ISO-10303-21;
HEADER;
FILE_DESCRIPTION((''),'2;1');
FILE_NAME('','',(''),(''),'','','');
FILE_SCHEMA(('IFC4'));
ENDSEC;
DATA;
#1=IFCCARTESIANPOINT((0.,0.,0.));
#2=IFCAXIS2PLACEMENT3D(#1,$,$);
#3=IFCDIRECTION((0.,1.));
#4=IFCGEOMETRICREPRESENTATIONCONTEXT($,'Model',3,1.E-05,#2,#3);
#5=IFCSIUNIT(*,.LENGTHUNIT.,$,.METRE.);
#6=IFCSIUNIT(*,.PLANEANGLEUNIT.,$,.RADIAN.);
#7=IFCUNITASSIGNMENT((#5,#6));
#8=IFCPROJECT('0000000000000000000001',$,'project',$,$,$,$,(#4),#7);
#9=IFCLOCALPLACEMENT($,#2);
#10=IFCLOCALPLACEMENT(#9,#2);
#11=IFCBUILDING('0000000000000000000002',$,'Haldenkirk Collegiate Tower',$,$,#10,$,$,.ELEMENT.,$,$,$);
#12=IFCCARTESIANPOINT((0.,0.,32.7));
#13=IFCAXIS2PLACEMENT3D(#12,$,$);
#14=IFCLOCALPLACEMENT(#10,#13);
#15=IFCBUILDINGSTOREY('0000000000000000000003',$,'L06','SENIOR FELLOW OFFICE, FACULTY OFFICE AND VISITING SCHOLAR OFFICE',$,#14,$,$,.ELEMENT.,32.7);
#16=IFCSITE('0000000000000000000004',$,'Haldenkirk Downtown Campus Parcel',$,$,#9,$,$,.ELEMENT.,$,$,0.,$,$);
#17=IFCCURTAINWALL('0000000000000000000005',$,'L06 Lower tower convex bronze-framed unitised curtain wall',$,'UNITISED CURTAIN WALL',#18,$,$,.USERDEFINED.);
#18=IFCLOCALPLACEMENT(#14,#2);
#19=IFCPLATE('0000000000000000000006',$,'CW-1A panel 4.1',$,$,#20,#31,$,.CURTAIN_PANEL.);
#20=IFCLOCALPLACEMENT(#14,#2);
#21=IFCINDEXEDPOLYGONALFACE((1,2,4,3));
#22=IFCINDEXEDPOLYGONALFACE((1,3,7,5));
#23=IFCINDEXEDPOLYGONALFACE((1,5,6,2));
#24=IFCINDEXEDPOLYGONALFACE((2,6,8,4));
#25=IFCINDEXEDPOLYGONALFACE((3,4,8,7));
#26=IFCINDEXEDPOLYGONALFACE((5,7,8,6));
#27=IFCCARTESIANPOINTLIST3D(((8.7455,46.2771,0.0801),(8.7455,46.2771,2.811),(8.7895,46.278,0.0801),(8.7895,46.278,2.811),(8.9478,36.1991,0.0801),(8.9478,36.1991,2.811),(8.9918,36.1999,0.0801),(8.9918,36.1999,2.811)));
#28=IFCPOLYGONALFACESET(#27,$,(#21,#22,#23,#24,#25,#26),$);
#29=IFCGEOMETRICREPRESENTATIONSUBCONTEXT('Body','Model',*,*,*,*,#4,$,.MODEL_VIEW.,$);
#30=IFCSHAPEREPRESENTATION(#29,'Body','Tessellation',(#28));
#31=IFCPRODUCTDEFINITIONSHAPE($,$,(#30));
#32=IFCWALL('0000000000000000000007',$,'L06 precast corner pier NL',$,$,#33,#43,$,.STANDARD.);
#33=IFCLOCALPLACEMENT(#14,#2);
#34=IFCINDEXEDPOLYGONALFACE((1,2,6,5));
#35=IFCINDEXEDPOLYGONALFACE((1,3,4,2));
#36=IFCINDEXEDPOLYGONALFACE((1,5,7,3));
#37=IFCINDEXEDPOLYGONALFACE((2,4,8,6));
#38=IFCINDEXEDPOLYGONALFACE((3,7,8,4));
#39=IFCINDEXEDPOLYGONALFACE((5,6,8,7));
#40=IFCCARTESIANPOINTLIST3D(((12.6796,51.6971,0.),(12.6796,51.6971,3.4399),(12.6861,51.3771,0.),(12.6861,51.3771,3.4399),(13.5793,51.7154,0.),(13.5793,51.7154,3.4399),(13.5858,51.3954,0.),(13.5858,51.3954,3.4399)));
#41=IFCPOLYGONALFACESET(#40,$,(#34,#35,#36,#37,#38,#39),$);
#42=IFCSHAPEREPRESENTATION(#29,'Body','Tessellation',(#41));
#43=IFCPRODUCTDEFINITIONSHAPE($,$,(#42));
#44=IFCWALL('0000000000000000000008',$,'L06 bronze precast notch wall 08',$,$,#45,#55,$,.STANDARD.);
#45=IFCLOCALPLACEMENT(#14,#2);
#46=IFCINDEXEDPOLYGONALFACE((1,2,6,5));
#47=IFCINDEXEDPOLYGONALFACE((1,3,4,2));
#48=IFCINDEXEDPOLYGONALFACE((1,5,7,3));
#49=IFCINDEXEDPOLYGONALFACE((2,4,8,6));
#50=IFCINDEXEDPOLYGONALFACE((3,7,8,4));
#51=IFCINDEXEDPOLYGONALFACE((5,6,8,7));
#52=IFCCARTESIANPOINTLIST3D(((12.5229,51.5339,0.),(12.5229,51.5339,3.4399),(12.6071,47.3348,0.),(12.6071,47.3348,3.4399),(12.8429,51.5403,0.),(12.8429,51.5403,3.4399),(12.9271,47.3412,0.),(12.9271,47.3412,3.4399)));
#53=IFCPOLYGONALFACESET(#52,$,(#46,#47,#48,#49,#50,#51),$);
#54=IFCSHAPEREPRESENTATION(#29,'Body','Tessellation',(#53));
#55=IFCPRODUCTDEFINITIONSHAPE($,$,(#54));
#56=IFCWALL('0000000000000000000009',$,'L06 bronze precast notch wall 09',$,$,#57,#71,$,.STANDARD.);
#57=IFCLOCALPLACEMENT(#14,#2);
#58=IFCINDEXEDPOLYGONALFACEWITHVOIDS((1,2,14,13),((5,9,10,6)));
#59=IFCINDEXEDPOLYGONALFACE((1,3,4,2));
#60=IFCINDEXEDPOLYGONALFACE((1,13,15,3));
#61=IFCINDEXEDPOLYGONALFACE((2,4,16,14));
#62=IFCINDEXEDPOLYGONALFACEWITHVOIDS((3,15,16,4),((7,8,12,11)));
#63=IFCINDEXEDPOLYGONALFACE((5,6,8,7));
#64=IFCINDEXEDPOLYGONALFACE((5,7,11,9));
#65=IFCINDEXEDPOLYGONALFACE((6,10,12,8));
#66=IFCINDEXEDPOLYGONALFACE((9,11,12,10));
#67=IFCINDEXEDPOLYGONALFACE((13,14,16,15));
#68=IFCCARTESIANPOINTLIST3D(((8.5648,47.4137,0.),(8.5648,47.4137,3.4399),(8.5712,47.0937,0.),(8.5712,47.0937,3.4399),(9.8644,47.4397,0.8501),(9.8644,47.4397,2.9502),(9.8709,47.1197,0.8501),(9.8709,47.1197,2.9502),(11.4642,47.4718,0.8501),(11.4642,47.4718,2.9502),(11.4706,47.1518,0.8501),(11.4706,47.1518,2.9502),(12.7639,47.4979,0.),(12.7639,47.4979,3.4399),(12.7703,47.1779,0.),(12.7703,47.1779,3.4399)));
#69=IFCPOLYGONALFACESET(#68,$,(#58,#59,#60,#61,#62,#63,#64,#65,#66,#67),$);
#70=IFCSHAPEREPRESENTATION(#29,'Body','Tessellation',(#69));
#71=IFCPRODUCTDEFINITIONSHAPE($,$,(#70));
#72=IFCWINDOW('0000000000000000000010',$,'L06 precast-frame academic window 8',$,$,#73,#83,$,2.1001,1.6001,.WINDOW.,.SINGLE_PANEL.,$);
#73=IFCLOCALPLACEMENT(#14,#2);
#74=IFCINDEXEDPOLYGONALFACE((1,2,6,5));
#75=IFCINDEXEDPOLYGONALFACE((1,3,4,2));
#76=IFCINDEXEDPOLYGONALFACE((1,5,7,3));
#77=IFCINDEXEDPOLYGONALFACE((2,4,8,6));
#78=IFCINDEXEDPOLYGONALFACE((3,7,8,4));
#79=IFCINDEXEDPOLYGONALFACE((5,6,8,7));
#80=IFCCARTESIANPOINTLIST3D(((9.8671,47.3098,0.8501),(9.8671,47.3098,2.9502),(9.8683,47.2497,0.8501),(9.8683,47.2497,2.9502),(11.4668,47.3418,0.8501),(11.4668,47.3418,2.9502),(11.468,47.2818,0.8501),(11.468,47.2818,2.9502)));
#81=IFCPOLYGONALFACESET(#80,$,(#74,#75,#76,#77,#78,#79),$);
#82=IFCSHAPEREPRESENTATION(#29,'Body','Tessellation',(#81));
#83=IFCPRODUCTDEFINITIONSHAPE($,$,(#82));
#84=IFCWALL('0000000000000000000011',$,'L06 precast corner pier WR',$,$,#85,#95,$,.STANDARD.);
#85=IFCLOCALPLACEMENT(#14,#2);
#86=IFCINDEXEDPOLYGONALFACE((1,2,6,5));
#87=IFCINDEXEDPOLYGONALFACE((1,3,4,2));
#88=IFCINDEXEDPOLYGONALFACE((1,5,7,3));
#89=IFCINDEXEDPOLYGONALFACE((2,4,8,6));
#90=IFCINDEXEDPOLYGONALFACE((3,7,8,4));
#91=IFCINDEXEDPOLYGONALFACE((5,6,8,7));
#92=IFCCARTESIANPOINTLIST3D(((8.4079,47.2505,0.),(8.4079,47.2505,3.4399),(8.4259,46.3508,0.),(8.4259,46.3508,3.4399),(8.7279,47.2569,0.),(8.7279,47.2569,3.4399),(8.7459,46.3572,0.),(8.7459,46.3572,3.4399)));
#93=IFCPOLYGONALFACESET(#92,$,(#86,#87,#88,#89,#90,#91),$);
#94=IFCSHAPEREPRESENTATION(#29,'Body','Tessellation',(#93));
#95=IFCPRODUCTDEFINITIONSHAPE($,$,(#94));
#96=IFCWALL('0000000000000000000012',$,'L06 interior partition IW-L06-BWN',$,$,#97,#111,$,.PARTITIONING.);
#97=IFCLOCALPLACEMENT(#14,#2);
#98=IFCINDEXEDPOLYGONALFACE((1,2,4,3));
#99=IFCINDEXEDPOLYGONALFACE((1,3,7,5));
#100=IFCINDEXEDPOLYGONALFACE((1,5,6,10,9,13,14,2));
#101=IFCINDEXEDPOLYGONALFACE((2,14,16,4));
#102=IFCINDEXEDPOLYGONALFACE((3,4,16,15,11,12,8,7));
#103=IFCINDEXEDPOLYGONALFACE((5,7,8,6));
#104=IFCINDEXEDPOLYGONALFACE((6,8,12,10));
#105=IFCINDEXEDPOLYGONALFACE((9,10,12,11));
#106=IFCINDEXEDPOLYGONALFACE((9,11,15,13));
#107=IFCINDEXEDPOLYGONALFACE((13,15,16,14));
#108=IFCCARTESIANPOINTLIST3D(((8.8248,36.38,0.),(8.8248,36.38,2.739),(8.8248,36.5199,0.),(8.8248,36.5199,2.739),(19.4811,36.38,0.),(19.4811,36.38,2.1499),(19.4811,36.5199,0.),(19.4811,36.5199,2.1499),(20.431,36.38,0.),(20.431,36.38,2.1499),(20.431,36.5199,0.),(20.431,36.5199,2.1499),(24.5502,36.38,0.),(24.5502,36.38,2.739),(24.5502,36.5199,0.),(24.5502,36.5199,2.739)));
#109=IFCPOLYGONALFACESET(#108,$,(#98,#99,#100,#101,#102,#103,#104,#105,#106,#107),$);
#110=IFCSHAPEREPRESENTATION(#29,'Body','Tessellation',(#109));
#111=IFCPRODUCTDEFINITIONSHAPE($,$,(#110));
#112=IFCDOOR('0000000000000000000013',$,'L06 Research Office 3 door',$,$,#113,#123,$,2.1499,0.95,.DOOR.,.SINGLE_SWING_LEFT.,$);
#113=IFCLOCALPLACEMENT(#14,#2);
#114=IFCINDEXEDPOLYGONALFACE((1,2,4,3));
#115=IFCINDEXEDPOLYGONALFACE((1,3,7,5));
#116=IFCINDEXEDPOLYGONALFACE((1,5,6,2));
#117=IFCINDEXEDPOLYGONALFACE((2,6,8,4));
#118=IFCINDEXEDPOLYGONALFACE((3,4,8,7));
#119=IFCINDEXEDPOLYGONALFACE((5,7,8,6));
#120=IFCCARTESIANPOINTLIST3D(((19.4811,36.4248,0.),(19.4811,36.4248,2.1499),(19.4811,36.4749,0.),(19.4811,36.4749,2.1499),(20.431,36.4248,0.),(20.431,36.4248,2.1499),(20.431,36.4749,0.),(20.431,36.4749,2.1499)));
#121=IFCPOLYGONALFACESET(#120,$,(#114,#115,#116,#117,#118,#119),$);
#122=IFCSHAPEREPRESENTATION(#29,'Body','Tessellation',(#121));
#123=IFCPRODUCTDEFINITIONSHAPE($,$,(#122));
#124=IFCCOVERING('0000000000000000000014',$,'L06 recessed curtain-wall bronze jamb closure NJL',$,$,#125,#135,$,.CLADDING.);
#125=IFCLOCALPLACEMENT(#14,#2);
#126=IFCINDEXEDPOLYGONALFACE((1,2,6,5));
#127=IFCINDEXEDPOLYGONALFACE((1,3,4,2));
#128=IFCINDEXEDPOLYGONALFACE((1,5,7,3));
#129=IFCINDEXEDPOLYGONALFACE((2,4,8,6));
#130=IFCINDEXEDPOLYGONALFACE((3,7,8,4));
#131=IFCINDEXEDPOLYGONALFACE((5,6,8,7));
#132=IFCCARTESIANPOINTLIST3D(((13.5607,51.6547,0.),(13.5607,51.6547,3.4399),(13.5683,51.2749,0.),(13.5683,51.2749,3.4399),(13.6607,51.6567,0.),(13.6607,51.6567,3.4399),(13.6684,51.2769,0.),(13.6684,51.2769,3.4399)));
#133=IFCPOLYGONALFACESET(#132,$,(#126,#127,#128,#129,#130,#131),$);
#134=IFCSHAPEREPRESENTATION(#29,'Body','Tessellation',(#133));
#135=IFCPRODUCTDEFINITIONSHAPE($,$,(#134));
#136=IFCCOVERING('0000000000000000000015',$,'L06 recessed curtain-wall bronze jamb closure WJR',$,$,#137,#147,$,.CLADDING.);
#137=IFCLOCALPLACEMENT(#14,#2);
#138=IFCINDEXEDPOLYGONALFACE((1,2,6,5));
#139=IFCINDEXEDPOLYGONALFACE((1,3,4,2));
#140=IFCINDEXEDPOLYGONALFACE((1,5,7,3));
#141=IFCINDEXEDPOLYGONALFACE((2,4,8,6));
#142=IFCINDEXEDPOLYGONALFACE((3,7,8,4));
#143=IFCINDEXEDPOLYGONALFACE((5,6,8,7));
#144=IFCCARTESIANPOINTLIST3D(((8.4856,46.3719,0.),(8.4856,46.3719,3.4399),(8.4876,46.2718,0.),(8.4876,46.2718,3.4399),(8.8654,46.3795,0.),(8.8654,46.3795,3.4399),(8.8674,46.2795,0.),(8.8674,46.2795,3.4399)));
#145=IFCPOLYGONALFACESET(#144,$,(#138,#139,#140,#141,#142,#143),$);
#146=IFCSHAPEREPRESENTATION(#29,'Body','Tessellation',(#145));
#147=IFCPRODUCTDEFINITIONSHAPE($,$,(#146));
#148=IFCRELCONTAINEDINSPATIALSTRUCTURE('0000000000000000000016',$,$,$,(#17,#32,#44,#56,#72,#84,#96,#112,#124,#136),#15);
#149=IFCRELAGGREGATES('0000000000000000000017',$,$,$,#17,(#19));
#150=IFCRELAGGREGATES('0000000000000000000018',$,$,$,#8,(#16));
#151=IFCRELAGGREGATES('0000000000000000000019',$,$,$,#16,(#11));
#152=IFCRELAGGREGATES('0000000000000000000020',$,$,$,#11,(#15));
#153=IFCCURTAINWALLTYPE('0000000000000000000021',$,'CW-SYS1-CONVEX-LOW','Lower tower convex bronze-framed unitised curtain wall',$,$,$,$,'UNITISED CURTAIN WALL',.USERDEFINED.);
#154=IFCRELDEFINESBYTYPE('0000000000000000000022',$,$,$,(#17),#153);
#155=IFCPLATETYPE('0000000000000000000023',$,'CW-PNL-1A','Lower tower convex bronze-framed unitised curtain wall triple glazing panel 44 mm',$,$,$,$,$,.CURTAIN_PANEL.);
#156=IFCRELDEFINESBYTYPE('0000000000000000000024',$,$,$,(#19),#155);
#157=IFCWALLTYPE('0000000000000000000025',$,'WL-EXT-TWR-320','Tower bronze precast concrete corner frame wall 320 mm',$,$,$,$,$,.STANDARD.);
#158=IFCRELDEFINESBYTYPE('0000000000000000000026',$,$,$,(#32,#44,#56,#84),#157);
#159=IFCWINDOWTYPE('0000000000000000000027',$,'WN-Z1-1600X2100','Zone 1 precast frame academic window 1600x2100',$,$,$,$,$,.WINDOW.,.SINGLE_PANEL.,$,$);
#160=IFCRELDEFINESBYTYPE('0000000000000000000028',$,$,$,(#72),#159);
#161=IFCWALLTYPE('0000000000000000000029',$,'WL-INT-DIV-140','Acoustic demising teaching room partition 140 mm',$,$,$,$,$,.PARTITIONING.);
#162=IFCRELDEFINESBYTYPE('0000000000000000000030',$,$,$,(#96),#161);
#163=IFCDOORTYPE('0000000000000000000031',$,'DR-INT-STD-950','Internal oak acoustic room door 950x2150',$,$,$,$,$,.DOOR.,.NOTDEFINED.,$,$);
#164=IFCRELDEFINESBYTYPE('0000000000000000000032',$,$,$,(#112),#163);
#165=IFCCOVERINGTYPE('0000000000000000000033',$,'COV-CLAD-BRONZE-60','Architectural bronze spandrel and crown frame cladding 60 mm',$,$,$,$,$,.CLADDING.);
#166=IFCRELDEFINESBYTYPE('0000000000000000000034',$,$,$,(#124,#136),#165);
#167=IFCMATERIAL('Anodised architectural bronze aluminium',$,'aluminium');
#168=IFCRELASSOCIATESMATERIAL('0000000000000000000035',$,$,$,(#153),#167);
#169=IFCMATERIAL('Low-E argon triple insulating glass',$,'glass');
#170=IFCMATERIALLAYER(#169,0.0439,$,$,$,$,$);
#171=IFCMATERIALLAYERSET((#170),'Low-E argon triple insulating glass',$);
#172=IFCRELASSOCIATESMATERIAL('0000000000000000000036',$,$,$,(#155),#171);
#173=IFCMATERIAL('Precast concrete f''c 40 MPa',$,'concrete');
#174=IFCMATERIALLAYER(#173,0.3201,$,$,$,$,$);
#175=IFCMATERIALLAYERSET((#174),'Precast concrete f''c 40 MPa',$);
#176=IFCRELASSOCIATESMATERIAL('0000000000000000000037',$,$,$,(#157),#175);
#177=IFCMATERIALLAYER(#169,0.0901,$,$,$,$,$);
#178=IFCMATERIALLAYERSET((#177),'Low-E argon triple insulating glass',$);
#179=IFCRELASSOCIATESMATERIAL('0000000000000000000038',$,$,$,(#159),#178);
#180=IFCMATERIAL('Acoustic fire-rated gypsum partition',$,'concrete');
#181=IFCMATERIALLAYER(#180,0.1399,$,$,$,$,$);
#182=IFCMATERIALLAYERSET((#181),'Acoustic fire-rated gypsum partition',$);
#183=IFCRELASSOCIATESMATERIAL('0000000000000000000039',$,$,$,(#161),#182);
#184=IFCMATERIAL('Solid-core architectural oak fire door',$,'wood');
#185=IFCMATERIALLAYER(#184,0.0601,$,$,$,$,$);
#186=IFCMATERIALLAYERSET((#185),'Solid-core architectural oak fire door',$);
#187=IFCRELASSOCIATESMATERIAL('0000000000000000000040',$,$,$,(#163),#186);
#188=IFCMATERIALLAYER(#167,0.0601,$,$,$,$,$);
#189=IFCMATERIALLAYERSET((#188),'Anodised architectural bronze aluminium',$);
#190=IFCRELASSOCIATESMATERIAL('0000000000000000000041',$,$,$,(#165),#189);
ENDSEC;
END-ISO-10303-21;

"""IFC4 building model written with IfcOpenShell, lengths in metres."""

from ifc_helpers import new_model, si_unit, direction, frame, frame_2d, origin, origin_2d, place, context, subcontext, project, spatial, rectangle, extrude, source, transform, mapped, material, layer, layer_set, type_object, element, fill, aggregate, save


model = new_model("IFC4")

# Units and contexts
model_context = context("Model", 3, precision=1e-05, world=origin(), true_north=direction((0.0, 1.0)))
body_context = subcontext(model_context, "Body", "Model", "MODEL_VIEW")
ifc_project = project(units=[si_unit("LENGTHUNIT", "METRE"), si_unit("PLANEANGLEUNIT", "RADIAN")], contexts=[model_context])

# Site, building, storey
site_placement = place(None, origin())
site = spatial("IfcSite", under=ifc_project, at=site_placement, Name="Haldenkirk Downtown Campus Parcel", CompositionType="ELEMENT", RefElevation=0.0)
building_placement = place(site_placement, origin())
building = spatial("IfcBuilding", under=site, at=building_placement, Name="Haldenkirk Collegiate Tower", CompositionType="ELEMENT")
storey_placement = place(building_placement, frame((0.0, 0.0, 32.7)))
storey = spatial("IfcBuildingStorey", under=building, at=storey_placement, Name="L06", Description="SENIOR FELLOW OFFICE, FACULTY OFFICE AND VISITING SCHOLAR OFFICE", CompositionType="ELEMENT", Elevation=32.7)

# Shared definitions
ifc_material_1 = material(Name="Anodised architectural bronze aluminium", Category="aluminium")
curtain_wall_type = type_object("IfcCurtainWallType", Name="CW-SYS1-CONVEX-LOW", Description="Lower tower convex bronze-framed unitised curtain wall", ElementType="UNITISED CURTAIN WALL", PredefinedType="USERDEFINED", material=ifc_material_1)

# Curtain wall, plate
curtain_wall_1_placement = place(storey_placement, origin())
curtain_wall_1 = element("IfcCurtainWall", 1, at=curtain_wall_1_placement, inside=storey, type_object=curtain_wall_type, Name="L06 Lower tower convex bronze-framed unitised curtain wall", ObjectType="UNITISED CURTAIN WALL", PredefinedType="USERDEFINED")
ifc_material_2 = material(Name="Low-E argon triple insulating glass", Category="glass")
ifc_layer_1 = layer(ifc_material_2, 0.0439)
ifc_layer_set_1 = layer_set([ifc_layer_1], Name="Low-E argon triple insulating glass")
plate_type = type_object("IfcPlateType", Name="CW-PNL-1A", Description="Lower tower convex bronze-framed unitised curtain wall triple glazing panel 44 mm", PredefinedType="CURTAIN_PANEL", material=ifc_layer_set_1)
shared_shape_1 = source(origin(), body_context, "Body", "SweptSolid", [
    extrude(rectangle(XDim=10.0801, YDim=0.0439, at=origin_2d()), origin(), (0.0, 0.0, 1.0), 2.731),
])
plate_placement = place(storey_placement, frame((8.8687, 41.2385, 0.0801), z_axis=(0.0, 0.0, 1.0), x_axis=(-0.020069, 0.999799, 0.0)))
plate = element("IfcPlate", 2, at=plate_placement, type_object=plate_type, Name="CW-1A panel 4.1", PredefinedType="CURTAIN_PANEL", context=body_context, shape_type="MappedRepresentation", body=[
    mapped(shared_shape_1, transform((0.0, 0.0, 0.0), x_axis=(1.0, 0.0, 0.0), y_axis=(0.0, 1.0, 0.0), z_axis=(0.0, 0.0, 1.0), scale=1.0)),
])
aggregate(curtain_wall_1, [plate])

# Walls
ifc_material_3 = material(Name="Precast concrete f'c 40 MPa", Category="concrete")
ifc_layer_2 = layer(ifc_material_3, 0.3201)
ifc_layer_set_2 = layer_set([ifc_layer_2], Name="Precast concrete f'c 40 MPa")
wall_type_1 = type_object("IfcWallType", Name="WL-EXT-TWR-320", Description="Tower bronze precast concrete corner frame wall 320 mm", PredefinedType="STANDARD", material=ifc_layer_set_2)
wall_1_placement = place(storey_placement, frame((12.6829, 51.5371, 0.0), z_axis=(0.0, 0.0, 1.0), x_axis=(0.999793, 0.020349, 0.0)))
element("IfcWall", 3, at=wall_1_placement, inside=storey, type_object=wall_type_1, Name="L06 precast corner pier NL", PredefinedType="STANDARD", context=body_context, shape_type="SweptSolid", body=[
    extrude(rectangle(XDim=0.8999, YDim=0.3201, at=frame_2d((0.45, 0.0))), origin(), (0.0, 0.0, 1.0), 3.4399),
])
wall_2_placement = place(storey_placement, frame((12.7671, 47.3379, 0.0), z_axis=(0.0, 0.0, 1.0), x_axis=(-0.020054, 0.999799, 0.0)))
element("IfcWall", 4, at=wall_2_placement, inside=storey, type_object=wall_type_1, Name="L06 bronze precast notch wall 08", PredefinedType="STANDARD", context=body_context, shape_type="SweptSolid", body=[
    extrude(rectangle(XDim=4.2, YDim=0.3201, at=frame_2d((2.1001, 0.0))), origin(), (0.0, 0.0, 1.0), 3.4399),
])

# Wall, opening, window
wall_3_placement = place(storey_placement, frame((8.5679, 47.2537, 0.0), z_axis=(0.0, 0.0, 1.0), x_axis=(0.999799, 0.020054, 0.0)))
wall_3 = element("IfcWall", 5, at=wall_3_placement, inside=storey, type_object=wall_type_1, Name="L06 bronze precast notch wall 09", PredefinedType="STANDARD", context=body_context, shape_type="SweptSolid", body=[
    extrude(rectangle(XDim=4.2, YDim=0.3201, at=frame_2d((2.1001, 0.0))), origin(), (0.0, 0.0, 1.0), 3.4399),
])
opening_1_placement = place(wall_3_placement, frame((1.3, 0.0, 0.8501)))
opening_1 = element("IfcOpeningElement", 6, at=opening_1_placement, cuts=wall_3, PredefinedType="OPENING", context=body_context, shape_type="SweptSolid", body=[
    extrude(rectangle(XDim=1.6001, YDim=2.1001, at=frame_2d((0.8, 1.05))), frame((0.0, 0.1699, 0.0), z_axis=(0.0, -1.0, 0.0), x_axis=(1.0, 0.0, 0.0)), (0.0, 0.0, 1.0), 0.3401),
])
ifc_layer_3 = layer(ifc_material_2, 0.0901)
ifc_layer_set_3 = layer_set([ifc_layer_3], Name="Low-E argon triple insulating glass")
window_type = type_object("IfcWindowType", Name="WN-Z1-1600X2100", Description="Zone 1 precast frame academic window 1600x2100", PartitioningType="SINGLE_PANEL", PredefinedType="WINDOW", material=ifc_layer_set_3)
window_placement = place(opening_1_placement, origin())
window = element("IfcWindow", 7, at=window_placement, inside=storey, type_object=window_type, Name="L06 precast-frame academic window 8", OverallHeight=2.1001, OverallWidth=1.6001, PartitioningType="SINGLE_PANEL", PredefinedType="WINDOW", context=body_context, shape_type="SweptSolid", body=[
    extrude(rectangle(XDim=1.6001, YDim=2.1001, at=frame_2d((0.8, 1.05))), frame((0.0, 0.03, 0.0), z_axis=(0.0, -1.0, 0.0), x_axis=(1.0, 0.0, 0.0)), (0.0, 0.0, 1.0), 0.0601),
])
fill(opening_1, window)

# Wall
wall_4_placement = place(storey_placement, frame((8.5859, 46.354, 0.0), z_axis=(0.0, 0.0, 1.0), x_axis=(-0.020077, 0.999798, 0.0)))
element("IfcWall", 8, at=wall_4_placement, inside=storey, type_object=wall_type_1, Name="L06 precast corner pier WR", PredefinedType="STANDARD", context=body_context, shape_type="SweptSolid", body=[
    extrude(rectangle(XDim=0.8999, YDim=0.3201, at=frame_2d((0.45, 0.0))), origin(), (0.0, 0.0, 1.0), 3.4399),
])

# Wall, opening, door
ifc_material_4 = material(Name="Acoustic fire-rated gypsum partition", Category="concrete")
ifc_layer_4 = layer(ifc_material_4, 0.1399)
ifc_layer_set_4 = layer_set([ifc_layer_4], Name="Acoustic fire-rated gypsum partition")
wall_type_2 = type_object("IfcWallType", Name="WL-INT-DIV-140", Description="Acoustic demising teaching room partition 140 mm", PredefinedType="PARTITIONING", material=ifc_layer_set_4)
wall_5_placement = place(storey_placement, frame((8.8247, 36.45, 0.0), z_axis=(0.0, 0.0, 1.0), x_axis=(1.0, 0.0, 0.0)))
wall_5 = element("IfcWall", 9, at=wall_5_placement, inside=storey, type_object=wall_type_2, Name="L06 interior partition IW-L06-BWN", PredefinedType="PARTITIONING", context=body_context, shape_type="SweptSolid", body=[
    extrude(rectangle(XDim=15.7253, YDim=0.1399, at=frame_2d((7.8628, 0.0))), origin(), (0.0, 0.0, 1.0), 2.739),
])
opening_2_placement = place(wall_5_placement, frame((10.6562, 0.0, 0.0)))
opening_2 = element("IfcOpeningElement", 10, at=opening_2_placement, cuts=wall_5, PredefinedType="OPENING", context=body_context, shape_type="SweptSolid", body=[
    extrude(rectangle(XDim=0.95, YDim=2.1499, at=frame_2d((0.4751, 1.075))), frame((0.0, 0.0798, 0.0), z_axis=(0.0, -1.0, 0.0), x_axis=(1.0, 0.0, 0.0)), (0.0, 0.0, 1.0), 0.1599),
])
ifc_material_5 = material(Name="Solid-core architectural oak fire door", Category="wood")
ifc_layer_5 = layer(ifc_material_5, 0.0601)
ifc_layer_set_5 = layer_set([ifc_layer_5], Name="Solid-core architectural oak fire door")
door_type = type_object("IfcDoorType", Name="DR-INT-STD-950", Description="Internal oak acoustic room door 950x2150", OperationType="NOTDEFINED", PredefinedType="DOOR", material=ifc_layer_set_5)
door_placement = place(opening_2_placement, origin())
door = element("IfcDoor", 11, at=door_placement, inside=storey, type_object=door_type, Name="L06 Research Office 3 door", OperationType="SINGLE_SWING_LEFT", OverallHeight=2.1499, OverallWidth=0.95, PredefinedType="DOOR", context=body_context, shape_type="SweptSolid", body=[
    extrude(rectangle(XDim=0.95, YDim=2.1499, at=frame_2d((0.4751, 1.075))), frame((0.0, 0.0249, 0.0), z_axis=(0.0, -1.0, 0.0), x_axis=(1.0, 0.0, 0.0)), (0.0, 0.0, 1.0), 0.05),
])
fill(opening_2, door)

# Coverings
ifc_layer_6 = layer(ifc_material_1, 0.0601)
ifc_layer_set_6 = layer_set([ifc_layer_6], Name="Anodised architectural bronze aluminium")
covering_type = type_object("IfcCoveringType", Name="COV-CLAD-BRONZE-60", Description="Architectural bronze spandrel and crown frame cladding 60 mm", PredefinedType="CLADDING", material=ifc_layer_set_6)
shared_shape_2 = source(origin(), body_context, "Body", "SweptSolid", [
    extrude(rectangle(XDim=0.1001, YDim=0.3799, at=origin_2d()), origin(), (0.0, 0.0, 1.0), 3.4399),
])
for number, where, z_axis, x_axis, name in (
    (12, (13.6145, 51.4658, 0.0), (0.0, 0.0, 1.0), (0.999799, 0.02007, 0.0), "L06 recessed curtain-wall bronze jamb closure NJL"),
    (13, (8.6765, 46.3257, 0.0), (0.0, 0.0, 1.0), (-0.02007, 0.999799, 0.0), "L06 recessed curtain-wall bronze jamb closure WJR"),
):
    element("IfcCovering", number, at=place(storey_placement, frame(where, z_axis=z_axis, x_axis=x_axis)), inside=storey, type_object=covering_type, Name=name, PredefinedType="CLADDING", context=body_context, shape_type="MappedRepresentation", body=[
        mapped(shared_shape_2, transform((0.0, 0.0, 0.0), x_axis=(1.0, 0.0, 0.0), y_axis=(0.0, 1.0, 0.0), z_axis=(0.0, 0.0, 1.0), scale=1.0)),
    ])

save(model, "model.ifc")
